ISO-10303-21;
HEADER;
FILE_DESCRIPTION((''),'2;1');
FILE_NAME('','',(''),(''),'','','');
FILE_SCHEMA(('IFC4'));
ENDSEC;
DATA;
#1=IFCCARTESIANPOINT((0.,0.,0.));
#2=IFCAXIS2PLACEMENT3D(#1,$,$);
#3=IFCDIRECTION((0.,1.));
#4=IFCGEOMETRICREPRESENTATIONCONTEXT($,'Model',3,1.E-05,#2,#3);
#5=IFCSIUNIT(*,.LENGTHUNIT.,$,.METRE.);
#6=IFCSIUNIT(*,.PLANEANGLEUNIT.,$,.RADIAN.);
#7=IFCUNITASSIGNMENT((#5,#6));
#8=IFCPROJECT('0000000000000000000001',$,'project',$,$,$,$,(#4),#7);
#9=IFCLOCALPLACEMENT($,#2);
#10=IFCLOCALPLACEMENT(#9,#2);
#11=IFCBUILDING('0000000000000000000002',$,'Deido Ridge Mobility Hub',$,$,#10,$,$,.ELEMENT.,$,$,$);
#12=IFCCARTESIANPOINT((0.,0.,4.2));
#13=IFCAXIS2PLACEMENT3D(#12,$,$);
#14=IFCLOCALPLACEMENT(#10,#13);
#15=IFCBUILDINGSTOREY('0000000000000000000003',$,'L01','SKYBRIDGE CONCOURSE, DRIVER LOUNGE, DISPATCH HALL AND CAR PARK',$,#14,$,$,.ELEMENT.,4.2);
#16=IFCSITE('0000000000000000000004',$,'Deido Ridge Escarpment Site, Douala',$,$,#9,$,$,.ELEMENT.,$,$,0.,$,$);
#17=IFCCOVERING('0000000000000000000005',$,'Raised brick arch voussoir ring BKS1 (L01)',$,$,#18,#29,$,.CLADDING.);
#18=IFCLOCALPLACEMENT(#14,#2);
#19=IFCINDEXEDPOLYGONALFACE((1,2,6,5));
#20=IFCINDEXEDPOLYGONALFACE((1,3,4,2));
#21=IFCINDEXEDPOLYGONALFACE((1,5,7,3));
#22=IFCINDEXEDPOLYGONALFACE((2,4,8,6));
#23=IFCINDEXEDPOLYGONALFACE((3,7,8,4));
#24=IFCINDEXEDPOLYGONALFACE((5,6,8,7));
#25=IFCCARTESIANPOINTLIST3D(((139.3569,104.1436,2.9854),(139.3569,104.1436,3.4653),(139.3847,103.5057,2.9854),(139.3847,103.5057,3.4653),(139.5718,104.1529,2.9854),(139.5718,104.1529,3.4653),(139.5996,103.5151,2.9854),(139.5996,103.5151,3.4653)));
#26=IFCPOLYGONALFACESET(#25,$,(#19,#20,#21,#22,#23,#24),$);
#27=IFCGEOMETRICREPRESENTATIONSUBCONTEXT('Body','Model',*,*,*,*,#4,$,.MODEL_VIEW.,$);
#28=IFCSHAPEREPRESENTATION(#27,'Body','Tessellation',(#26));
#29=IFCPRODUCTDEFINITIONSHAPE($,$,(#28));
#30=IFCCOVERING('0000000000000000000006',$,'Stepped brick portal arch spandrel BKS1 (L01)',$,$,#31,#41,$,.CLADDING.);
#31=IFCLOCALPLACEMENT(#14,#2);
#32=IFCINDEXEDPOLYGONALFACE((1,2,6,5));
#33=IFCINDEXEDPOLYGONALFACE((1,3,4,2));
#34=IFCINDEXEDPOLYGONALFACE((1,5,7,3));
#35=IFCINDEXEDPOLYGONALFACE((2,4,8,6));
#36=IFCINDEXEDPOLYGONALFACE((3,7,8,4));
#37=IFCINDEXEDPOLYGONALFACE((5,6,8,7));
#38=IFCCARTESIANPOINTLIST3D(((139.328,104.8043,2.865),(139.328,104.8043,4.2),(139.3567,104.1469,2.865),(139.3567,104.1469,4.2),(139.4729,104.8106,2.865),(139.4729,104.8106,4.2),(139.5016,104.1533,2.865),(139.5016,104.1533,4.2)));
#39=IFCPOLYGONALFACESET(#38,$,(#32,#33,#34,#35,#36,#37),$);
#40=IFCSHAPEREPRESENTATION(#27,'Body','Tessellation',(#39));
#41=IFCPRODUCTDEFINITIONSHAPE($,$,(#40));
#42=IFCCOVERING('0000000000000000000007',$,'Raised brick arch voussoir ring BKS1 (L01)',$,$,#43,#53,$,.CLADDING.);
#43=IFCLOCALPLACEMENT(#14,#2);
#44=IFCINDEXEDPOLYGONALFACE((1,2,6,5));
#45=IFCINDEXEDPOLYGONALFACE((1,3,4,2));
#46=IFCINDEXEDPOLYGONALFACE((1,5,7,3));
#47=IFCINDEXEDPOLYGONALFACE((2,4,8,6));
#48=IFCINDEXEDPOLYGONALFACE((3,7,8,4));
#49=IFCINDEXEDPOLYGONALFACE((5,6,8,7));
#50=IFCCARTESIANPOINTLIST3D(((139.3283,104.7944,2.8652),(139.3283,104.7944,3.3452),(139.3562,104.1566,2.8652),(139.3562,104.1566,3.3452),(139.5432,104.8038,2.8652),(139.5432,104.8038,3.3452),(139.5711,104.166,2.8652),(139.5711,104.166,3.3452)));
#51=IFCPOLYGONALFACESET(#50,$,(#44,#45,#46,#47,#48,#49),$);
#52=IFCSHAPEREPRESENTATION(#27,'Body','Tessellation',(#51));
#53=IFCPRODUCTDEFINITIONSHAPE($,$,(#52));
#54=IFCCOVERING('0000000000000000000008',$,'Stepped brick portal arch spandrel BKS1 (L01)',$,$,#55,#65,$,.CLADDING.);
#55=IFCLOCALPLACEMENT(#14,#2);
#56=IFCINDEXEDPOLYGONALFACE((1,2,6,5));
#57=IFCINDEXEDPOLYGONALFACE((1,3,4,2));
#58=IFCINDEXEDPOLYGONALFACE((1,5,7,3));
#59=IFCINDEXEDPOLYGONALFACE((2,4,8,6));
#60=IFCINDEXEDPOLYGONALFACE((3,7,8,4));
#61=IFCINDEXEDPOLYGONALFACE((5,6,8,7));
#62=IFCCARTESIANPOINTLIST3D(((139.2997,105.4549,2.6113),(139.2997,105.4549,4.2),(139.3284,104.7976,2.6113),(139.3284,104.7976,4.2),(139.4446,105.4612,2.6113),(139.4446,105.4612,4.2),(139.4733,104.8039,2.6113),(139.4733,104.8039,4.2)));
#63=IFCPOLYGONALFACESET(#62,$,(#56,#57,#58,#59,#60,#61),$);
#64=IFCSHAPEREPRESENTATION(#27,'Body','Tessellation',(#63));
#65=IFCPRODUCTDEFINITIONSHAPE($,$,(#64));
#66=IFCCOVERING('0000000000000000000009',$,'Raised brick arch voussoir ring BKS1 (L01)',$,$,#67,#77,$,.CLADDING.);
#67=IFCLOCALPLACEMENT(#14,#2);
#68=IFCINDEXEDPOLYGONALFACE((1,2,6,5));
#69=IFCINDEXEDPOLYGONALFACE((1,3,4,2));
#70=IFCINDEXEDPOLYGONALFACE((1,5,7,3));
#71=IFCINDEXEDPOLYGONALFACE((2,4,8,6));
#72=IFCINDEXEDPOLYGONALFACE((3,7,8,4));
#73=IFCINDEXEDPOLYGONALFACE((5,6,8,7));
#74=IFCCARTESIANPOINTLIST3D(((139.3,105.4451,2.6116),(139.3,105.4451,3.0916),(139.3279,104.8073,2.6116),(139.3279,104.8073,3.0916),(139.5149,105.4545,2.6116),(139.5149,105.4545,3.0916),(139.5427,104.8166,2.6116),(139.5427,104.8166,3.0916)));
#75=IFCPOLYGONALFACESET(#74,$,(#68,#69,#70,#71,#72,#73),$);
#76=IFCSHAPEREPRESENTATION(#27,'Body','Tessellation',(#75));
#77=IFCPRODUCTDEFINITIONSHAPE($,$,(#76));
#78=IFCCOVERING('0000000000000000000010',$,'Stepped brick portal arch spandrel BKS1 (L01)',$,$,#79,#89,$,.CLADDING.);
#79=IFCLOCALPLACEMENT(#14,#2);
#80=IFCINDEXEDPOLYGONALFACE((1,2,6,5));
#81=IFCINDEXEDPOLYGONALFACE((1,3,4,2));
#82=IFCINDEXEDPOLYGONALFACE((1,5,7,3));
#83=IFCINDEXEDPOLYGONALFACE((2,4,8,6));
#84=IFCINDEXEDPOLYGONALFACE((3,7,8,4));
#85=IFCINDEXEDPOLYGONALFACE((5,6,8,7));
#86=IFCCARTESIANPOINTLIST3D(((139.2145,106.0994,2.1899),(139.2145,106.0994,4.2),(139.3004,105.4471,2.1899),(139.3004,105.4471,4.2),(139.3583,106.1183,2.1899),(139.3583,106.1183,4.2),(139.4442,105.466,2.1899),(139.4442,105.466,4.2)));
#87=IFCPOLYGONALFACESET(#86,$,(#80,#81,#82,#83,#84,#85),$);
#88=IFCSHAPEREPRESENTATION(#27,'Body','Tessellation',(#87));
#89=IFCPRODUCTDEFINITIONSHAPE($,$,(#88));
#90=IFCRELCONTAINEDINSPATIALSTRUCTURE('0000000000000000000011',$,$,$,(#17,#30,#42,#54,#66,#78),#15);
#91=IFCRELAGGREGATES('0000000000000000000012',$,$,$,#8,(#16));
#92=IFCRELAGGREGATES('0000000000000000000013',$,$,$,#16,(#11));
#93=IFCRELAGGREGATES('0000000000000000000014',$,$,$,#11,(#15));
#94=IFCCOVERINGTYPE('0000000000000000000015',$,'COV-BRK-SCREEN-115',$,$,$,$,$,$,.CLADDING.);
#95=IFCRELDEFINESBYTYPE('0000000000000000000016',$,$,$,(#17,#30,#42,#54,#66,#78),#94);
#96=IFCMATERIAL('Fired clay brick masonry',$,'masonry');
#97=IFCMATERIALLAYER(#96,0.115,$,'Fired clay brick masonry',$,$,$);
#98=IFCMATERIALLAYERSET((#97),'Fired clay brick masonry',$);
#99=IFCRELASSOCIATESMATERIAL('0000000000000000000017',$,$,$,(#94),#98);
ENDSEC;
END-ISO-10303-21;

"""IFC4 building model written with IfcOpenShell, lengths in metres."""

from ifc_helpers import new_model, si_unit, direction, frame, origin, origin_2d, place, context, subcontext, project, spatial, rectangle, extrude, material, layer, layer_set, type_object, element, save


model = new_model("IFC4")

# Units and contexts
model_context = context("Model", 3, precision=1e-05, world=origin(), true_north=direction((0.0, 1.0)))
body_context = subcontext(model_context, "Body", "Model", "MODEL_VIEW")
ifc_project = project(units=[si_unit("LENGTHUNIT", "METRE"), si_unit("PLANEANGLEUNIT", "RADIAN")], contexts=[model_context])

# Site, building, storey
site_placement = place(None, origin())
site = spatial("IfcSite", under=ifc_project, at=site_placement, Name="Deido Ridge Escarpment Site, Douala", CompositionType="ELEMENT", RefElevation=0.0)
building_placement = place(site_placement, origin())
building = spatial("IfcBuilding", under=site, at=building_placement, Name="Deido Ridge Mobility Hub", CompositionType="ELEMENT")
storey_placement = place(building_placement, frame((0.0, 0.0, 4.2)))
storey = spatial("IfcBuildingStorey", under=building, at=storey_placement, Name="L01", Description="SKYBRIDGE CONCOURSE, DRIVER LOUNGE, DISPATCH HALL AND CAR PARK", CompositionType="ELEMENT", Elevation=4.2)

# Coverings
ifc_material_1 = material(Name="Fired clay brick masonry", Category="masonry")
ifc_layer = layer(ifc_material_1, 0.115, Name="Fired clay brick masonry")
ifc_layer_set = layer_set([ifc_layer], Name="Fired clay brick masonry")
covering_type = type_object("IfcCoveringType", Name="COV-BRK-SCREEN-115", PredefinedType="CLADDING", material=ifc_layer_set)
covering_1_placement = place(storey_placement, frame((139.4783, 103.8293, 2.9854), z_axis=(0.0, 0.0, 1.0), x_axis=(-0.043602, 0.999049, 0.0)))
element("IfcCovering", 1, at=covering_1_placement, inside=storey, type_object=covering_type, Name="Raised brick arch voussoir ring BKS1 (L01)", PredefinedType="CLADDING", context=body_context, shape_type="SweptSolid", body=[
    extrude(rectangle(XDim=0.6384, YDim=0.2151, at=origin_2d()), origin(), (0.0, 0.0, 1.0), 0.48),
])
covering_2_placement = place(storey_placement, frame((139.4148, 104.4788, 2.865), z_axis=(0.0, 0.0, 1.0), x_axis=(-0.043602, 0.999049, 0.0)))
element("IfcCovering", 2, at=covering_2_placement, inside=storey, type_object=covering_type, Name="Stepped brick portal arch spandrel BKS1 (L01)", PredefinedType="CLADDING", context=body_context, shape_type="SweptSolid", body=[
    extrude(rectangle(XDim=0.658, YDim=0.145, at=origin_2d()), origin(), (0.0, 0.0, 1.0), 1.335),
])
covering_3_placement = place(storey_placement, frame((139.4497, 104.4802, 2.8652), z_axis=(0.0, 0.0, 1.0), x_axis=(-0.043602, 0.999049, 0.0)))
element("IfcCovering", 3, at=covering_3_placement, inside=storey, type_object=covering_type, Name="Raised brick arch voussoir ring BKS1 (L01)", PredefinedType="CLADDING", context=body_context, shape_type="SweptSolid", body=[
    extrude(rectangle(XDim=0.6384, YDim=0.2151, at=origin_2d()), origin(), (0.0, 0.0, 1.0), 0.48),
])
covering_4_placement = place(storey_placement, frame((139.3865, 105.1294, 2.6113), z_axis=(0.0, 0.0, 1.0), x_axis=(-0.043602, 0.999049, 0.0)))
element("IfcCovering", 4, at=covering_4_placement, inside=storey, type_object=covering_type, Name="Stepped brick portal arch spandrel BKS1 (L01)", PredefinedType="CLADDING", context=body_context, shape_type="SweptSolid", body=[
    extrude(rectangle(XDim=0.658, YDim=0.145, at=origin_2d()), origin(), (0.0, 0.0, 1.0), 1.5886),
])
covering_5_placement = place(storey_placement, frame((139.4214, 105.1309, 2.6116), z_axis=(0.0, 0.0, 1.0), x_axis=(-0.043602, 0.999049, 0.0)))
element("IfcCovering", 5, at=covering_5_placement, inside=storey, type_object=covering_type, Name="Raised brick arch voussoir ring BKS1 (L01)", PredefinedType="CLADDING", context=body_context, shape_type="SweptSolid", body=[
    extrude(rectangle(XDim=0.6384, YDim=0.2151, at=origin_2d()), origin(), (0.0, 0.0, 1.0), 0.48),
])
covering_6_placement = place(storey_placement, frame((139.3293, 105.7827, 2.1899), z_axis=(0.0, 0.0, 1.0), x_axis=(-0.130543, 0.991443, 0.0)))
element("IfcCovering", 6, at=covering_6_placement, inside=storey, type_object=covering_type, Name="Stepped brick portal arch spandrel BKS1 (L01)", PredefinedType="CLADDING", context=body_context, shape_type="SweptSolid", body=[
    extrude(rectangle(XDim=0.658, YDim=0.145, at=origin_2d()), origin(), (0.0, 0.0, 1.0), 2.01),
])

save(model, "model.ifc")
